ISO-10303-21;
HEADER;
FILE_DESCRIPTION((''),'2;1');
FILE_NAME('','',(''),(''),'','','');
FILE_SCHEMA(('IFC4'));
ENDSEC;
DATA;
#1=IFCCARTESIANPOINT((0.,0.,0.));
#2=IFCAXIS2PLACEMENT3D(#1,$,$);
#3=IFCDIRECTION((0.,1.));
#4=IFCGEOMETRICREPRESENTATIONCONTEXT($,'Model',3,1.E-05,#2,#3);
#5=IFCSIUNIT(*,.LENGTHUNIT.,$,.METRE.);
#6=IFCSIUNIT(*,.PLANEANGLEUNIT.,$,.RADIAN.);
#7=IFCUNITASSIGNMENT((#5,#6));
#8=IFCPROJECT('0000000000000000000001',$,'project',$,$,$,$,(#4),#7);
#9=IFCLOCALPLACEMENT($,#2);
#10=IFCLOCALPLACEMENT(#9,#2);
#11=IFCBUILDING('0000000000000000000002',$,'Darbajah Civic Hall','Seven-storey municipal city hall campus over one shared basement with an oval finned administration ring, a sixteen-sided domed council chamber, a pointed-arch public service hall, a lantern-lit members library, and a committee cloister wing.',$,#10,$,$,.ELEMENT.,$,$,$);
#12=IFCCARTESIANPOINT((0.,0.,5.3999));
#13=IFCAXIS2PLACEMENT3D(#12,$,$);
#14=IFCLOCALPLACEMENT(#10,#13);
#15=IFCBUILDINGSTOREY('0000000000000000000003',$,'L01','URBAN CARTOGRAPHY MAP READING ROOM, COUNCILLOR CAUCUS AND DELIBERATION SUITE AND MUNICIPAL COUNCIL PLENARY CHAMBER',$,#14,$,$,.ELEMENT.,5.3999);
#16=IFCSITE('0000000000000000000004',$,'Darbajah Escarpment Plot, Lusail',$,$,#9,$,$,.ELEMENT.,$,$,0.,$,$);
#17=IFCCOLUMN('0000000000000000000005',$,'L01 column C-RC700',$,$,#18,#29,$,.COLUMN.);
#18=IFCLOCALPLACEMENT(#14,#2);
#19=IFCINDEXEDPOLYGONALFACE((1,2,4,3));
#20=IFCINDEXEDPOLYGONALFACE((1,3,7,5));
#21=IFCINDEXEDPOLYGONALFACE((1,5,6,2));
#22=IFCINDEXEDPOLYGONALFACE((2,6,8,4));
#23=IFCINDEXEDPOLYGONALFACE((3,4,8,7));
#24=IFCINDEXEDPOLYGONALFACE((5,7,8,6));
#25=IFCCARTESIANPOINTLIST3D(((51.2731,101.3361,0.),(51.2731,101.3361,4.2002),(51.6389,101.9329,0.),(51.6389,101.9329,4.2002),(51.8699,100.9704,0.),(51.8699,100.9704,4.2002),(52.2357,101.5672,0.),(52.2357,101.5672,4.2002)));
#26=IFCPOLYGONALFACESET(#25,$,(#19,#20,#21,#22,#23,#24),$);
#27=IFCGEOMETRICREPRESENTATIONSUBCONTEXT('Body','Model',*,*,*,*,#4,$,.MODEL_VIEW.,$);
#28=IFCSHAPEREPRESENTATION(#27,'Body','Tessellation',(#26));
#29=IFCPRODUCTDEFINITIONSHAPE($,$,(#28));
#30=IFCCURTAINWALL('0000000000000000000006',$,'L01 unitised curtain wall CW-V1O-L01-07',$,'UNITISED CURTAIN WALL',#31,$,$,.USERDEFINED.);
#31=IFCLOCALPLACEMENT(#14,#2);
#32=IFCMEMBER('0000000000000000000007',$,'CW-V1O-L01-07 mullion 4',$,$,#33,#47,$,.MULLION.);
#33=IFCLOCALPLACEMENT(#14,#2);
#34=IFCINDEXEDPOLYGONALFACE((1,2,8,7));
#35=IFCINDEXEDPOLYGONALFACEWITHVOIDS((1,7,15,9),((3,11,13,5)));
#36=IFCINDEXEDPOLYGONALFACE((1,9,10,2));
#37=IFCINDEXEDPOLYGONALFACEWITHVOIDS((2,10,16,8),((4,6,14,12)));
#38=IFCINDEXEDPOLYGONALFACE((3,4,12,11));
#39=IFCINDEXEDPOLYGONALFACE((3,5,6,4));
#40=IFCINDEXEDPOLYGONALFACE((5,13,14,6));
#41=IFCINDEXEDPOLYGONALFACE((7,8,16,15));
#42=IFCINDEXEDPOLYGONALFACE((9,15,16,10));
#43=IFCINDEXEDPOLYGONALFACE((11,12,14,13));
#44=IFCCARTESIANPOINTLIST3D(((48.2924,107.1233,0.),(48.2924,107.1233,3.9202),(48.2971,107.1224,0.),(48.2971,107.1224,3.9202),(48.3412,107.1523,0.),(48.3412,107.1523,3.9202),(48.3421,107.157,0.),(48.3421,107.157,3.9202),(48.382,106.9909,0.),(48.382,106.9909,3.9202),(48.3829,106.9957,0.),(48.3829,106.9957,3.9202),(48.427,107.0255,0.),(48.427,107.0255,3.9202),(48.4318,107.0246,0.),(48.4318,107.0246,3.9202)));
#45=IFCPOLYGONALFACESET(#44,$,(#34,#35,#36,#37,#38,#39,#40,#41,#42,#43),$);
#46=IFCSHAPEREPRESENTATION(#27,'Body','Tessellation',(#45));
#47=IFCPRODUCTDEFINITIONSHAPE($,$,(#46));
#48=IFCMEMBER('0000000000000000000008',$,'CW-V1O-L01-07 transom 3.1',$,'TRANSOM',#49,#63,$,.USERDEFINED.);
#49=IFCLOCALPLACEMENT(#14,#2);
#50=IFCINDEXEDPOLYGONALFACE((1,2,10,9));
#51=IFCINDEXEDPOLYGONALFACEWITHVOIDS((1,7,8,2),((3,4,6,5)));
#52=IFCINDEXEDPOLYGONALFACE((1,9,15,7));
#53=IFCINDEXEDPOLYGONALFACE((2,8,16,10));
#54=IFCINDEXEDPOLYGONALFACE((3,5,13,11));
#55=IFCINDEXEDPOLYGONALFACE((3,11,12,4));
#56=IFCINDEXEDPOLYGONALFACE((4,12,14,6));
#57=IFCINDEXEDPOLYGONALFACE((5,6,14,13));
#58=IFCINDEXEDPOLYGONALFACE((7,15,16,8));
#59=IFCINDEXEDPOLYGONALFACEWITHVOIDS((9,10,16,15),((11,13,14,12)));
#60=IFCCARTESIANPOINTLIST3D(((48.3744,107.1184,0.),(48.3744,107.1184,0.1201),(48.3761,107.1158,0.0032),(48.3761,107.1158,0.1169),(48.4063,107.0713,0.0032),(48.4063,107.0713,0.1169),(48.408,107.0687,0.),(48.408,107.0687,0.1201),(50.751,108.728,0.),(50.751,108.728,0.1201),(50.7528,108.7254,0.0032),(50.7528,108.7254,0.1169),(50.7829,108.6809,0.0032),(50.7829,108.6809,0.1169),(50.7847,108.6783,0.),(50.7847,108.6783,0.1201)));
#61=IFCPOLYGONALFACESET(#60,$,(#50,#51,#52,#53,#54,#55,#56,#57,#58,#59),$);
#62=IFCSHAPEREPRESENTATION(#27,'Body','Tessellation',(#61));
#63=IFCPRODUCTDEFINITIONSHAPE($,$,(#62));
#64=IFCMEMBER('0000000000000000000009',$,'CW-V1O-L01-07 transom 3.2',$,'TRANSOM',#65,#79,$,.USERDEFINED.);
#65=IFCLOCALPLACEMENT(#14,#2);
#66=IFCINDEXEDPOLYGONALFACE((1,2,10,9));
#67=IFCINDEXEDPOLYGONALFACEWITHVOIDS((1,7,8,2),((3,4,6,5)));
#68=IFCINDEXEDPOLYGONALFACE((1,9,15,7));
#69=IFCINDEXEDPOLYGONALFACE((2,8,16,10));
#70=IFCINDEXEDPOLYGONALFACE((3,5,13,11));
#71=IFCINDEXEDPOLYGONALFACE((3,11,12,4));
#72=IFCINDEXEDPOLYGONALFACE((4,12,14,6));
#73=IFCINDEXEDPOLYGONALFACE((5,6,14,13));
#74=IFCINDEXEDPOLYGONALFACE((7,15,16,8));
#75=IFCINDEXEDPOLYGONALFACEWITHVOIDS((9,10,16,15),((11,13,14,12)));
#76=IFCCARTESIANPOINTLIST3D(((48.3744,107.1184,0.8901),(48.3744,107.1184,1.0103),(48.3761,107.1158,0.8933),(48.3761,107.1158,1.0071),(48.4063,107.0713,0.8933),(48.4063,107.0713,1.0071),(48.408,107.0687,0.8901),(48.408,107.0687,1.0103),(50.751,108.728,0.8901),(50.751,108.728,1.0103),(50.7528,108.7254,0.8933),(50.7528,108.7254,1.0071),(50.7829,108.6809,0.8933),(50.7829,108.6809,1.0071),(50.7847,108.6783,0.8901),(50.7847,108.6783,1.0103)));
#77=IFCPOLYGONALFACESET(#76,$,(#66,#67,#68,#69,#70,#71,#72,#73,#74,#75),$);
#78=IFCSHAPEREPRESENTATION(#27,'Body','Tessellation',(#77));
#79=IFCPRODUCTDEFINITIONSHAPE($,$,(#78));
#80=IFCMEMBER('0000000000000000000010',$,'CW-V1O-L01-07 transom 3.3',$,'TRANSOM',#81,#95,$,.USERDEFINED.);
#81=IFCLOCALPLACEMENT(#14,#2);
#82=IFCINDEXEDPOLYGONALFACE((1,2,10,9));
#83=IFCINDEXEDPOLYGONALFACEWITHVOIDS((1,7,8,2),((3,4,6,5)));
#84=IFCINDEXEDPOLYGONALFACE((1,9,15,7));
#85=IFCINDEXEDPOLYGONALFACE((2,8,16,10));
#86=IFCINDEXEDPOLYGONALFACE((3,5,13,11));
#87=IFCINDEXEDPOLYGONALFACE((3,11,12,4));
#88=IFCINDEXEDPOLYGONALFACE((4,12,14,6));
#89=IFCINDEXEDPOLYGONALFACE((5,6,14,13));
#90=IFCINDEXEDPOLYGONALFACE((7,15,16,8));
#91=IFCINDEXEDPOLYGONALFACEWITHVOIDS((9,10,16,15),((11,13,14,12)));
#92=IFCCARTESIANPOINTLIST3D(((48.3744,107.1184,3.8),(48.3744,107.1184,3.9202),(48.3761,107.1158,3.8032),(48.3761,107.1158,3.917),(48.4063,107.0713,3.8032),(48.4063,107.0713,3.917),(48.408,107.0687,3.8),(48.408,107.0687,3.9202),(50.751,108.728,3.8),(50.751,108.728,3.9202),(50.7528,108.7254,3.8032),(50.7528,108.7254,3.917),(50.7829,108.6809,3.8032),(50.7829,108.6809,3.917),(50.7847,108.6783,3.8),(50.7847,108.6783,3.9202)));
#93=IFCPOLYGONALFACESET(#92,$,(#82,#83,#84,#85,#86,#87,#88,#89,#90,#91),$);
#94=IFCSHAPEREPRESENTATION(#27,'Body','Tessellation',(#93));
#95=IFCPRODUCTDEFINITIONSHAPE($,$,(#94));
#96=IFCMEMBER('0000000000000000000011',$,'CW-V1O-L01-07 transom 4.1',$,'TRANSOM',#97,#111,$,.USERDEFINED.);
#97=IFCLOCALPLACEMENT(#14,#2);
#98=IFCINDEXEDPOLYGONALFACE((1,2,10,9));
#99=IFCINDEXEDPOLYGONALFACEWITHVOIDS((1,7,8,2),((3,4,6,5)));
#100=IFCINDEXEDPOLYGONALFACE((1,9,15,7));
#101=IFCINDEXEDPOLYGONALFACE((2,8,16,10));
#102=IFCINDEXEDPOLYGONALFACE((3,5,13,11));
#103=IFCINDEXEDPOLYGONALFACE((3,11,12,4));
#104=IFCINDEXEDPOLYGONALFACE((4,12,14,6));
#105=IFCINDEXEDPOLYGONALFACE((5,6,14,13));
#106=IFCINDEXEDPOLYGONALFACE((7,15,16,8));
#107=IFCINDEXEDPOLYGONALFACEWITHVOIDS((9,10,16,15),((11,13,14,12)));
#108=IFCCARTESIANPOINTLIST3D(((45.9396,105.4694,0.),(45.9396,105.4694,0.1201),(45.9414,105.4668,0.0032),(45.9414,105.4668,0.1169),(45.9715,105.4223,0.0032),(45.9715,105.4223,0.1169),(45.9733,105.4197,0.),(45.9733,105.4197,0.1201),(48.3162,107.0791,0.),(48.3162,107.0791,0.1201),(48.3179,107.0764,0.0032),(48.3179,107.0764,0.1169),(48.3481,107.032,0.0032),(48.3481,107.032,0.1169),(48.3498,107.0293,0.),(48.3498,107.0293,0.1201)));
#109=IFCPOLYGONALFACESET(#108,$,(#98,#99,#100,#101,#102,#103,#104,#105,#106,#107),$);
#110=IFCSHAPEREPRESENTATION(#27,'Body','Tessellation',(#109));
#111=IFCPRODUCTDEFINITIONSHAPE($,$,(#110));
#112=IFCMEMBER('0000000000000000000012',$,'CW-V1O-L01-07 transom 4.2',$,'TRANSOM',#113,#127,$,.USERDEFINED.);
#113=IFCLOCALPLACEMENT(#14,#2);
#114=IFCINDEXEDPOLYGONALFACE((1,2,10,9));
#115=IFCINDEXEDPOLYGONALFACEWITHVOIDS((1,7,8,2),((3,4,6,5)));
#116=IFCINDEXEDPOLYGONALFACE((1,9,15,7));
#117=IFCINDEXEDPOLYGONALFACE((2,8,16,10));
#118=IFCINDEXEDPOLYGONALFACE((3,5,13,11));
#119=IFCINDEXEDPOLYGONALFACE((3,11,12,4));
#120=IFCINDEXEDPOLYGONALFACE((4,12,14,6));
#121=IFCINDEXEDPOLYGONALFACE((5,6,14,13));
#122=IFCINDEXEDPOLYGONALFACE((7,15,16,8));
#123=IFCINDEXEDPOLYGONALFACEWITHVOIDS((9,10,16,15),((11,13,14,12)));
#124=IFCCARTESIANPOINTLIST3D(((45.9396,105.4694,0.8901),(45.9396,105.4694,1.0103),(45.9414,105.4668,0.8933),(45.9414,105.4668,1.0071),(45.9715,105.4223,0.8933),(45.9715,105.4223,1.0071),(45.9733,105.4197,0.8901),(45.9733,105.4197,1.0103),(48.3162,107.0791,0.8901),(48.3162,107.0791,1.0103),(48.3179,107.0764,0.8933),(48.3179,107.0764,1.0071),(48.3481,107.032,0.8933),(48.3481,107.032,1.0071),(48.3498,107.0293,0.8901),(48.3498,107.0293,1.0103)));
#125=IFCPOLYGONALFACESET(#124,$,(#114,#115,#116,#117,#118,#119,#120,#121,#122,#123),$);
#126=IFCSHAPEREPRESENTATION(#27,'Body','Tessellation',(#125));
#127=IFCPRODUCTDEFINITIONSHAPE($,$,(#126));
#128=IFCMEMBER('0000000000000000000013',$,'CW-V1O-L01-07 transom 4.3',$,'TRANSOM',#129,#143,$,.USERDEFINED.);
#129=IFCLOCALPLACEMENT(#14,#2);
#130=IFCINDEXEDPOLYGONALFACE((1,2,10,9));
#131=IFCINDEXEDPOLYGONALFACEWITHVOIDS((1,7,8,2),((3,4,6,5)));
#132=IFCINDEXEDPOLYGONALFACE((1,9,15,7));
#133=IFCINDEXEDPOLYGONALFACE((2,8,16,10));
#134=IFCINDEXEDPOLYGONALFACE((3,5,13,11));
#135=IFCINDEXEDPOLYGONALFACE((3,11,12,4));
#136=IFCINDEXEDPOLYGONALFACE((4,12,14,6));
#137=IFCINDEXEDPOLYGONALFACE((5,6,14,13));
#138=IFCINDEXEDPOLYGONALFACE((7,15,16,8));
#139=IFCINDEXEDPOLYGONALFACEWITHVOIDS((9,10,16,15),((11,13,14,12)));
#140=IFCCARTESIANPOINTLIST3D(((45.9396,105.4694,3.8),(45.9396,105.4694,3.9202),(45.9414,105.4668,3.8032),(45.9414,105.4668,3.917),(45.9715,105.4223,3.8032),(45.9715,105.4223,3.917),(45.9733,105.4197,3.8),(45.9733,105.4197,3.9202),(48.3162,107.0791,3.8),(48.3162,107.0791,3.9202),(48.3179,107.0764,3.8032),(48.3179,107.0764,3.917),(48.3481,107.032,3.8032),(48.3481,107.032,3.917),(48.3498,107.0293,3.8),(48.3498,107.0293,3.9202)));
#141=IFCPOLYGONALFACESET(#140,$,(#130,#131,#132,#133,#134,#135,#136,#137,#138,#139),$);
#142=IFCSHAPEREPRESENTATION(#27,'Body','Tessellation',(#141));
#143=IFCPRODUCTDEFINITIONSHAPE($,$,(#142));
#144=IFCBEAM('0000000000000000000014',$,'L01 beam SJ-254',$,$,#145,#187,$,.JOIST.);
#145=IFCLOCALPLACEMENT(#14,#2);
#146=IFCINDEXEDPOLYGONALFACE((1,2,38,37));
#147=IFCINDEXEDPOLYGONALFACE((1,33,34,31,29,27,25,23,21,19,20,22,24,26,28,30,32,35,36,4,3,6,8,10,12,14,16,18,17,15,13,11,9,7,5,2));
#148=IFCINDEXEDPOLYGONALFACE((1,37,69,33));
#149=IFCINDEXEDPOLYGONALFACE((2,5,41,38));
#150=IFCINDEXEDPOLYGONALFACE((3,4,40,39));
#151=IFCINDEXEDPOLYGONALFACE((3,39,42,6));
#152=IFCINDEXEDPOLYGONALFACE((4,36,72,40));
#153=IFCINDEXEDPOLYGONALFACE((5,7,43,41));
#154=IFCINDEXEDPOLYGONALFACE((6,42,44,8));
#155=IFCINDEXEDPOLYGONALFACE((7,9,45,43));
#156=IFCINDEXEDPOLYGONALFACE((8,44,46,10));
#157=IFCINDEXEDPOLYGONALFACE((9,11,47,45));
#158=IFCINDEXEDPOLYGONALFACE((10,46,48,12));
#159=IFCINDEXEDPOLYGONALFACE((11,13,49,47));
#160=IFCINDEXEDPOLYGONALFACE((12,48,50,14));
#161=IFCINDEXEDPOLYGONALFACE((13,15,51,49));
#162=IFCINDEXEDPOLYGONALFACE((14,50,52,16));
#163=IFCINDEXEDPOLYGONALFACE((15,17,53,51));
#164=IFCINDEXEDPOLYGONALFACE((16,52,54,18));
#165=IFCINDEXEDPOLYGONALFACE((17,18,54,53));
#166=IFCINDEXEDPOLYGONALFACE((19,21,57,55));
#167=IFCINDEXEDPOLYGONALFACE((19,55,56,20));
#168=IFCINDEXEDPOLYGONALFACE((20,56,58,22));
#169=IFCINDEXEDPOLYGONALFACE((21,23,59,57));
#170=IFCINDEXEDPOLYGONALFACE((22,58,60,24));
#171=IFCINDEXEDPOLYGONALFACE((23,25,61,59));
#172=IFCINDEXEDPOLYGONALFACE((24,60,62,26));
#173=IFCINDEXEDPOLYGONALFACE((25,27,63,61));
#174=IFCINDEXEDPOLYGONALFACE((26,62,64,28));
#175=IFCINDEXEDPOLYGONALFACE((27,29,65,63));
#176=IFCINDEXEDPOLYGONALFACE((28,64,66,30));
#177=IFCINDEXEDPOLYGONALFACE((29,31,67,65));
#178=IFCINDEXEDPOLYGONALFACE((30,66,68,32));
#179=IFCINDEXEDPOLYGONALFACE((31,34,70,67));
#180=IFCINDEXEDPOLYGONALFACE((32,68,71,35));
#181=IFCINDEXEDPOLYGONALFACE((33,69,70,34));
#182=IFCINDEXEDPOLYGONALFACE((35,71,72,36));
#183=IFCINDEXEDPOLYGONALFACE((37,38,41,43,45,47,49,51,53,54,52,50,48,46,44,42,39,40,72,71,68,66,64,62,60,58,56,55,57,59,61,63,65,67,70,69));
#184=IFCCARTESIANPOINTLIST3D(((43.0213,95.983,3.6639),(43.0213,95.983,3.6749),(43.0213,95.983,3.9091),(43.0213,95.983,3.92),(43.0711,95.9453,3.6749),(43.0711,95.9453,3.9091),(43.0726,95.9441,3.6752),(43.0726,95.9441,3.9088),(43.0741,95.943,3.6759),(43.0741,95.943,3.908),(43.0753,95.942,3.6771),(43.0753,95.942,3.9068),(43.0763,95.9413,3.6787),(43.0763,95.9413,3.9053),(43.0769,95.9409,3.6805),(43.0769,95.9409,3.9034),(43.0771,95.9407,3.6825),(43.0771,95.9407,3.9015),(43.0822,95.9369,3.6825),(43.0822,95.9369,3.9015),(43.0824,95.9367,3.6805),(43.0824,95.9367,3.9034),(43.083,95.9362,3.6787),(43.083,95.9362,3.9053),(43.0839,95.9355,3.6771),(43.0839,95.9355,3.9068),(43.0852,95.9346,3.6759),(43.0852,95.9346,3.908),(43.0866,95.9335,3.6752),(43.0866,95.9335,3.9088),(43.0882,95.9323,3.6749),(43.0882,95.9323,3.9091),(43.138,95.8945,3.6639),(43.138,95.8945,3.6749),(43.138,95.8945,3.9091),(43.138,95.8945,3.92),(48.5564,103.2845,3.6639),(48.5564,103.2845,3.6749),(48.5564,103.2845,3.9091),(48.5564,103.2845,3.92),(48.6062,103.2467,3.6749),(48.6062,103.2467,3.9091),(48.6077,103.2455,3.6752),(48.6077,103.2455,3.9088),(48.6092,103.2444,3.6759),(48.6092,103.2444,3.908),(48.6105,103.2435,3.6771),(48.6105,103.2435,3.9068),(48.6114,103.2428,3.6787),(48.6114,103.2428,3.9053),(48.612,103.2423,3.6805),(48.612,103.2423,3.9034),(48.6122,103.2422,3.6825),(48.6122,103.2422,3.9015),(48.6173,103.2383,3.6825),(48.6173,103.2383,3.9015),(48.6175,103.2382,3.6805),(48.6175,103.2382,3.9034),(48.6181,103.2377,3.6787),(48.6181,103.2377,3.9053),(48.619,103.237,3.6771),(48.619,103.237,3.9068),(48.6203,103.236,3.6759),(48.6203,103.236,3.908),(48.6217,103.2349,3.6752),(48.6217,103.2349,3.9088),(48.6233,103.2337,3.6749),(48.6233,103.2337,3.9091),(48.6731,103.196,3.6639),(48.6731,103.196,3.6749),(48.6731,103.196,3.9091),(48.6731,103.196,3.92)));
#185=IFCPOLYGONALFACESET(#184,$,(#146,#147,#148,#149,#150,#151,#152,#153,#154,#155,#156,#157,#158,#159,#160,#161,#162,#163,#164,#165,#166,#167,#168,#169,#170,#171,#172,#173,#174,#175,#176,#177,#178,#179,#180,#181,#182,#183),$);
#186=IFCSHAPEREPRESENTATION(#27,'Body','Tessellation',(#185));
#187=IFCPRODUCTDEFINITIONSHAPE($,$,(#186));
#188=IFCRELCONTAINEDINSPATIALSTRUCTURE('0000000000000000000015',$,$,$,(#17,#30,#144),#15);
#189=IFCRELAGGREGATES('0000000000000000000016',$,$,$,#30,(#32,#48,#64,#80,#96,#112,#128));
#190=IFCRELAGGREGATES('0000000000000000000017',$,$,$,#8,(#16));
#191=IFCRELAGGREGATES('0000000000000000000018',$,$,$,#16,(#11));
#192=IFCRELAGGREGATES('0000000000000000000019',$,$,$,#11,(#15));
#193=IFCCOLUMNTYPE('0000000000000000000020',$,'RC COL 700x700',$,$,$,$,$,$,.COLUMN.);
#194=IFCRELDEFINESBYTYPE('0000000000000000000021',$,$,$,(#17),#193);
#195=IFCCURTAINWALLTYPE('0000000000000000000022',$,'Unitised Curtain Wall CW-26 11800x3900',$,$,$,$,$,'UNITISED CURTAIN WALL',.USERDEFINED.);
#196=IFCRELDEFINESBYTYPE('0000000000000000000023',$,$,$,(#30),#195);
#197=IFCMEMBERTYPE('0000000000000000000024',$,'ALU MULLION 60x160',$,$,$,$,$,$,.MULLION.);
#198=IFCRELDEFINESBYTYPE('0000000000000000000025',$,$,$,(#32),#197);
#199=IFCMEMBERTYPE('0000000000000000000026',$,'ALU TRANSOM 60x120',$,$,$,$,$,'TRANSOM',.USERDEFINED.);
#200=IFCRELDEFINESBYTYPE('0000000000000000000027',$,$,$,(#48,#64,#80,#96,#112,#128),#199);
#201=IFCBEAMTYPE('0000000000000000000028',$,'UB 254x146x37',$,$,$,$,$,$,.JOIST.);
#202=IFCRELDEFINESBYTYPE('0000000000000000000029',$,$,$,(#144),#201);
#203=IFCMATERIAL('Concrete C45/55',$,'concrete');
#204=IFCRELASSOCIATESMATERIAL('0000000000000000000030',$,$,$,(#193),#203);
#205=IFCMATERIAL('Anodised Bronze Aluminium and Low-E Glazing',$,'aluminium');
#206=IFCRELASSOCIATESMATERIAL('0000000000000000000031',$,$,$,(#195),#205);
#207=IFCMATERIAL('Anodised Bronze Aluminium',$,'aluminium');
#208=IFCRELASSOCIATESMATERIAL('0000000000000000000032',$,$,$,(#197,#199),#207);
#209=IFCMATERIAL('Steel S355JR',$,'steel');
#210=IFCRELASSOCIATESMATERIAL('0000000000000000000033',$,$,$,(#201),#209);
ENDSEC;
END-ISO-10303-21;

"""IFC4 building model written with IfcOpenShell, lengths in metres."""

from ifc_helpers import new_model, si_unit, direction, frame, origin, origin_2d, place, context, subcontext, project, spatial, rectangle, hollow_rectangle, i_section, extrude, material, material_profile, profile_set, type_object, element, aggregate, save


model = new_model("IFC4")

# Units and contexts
model_context = context("Model", 3, precision=1e-05, world=origin(), true_north=direction((0.0, 1.0)))
body_context = subcontext(model_context, "Body", "Model", "MODEL_VIEW")
ifc_project = project(units=[si_unit("LENGTHUNIT", "METRE"), si_unit("PLANEANGLEUNIT", "RADIAN")], contexts=[model_context])

# Site, building, storey
site_placement = place(None, origin())
site = spatial("IfcSite", under=ifc_project, at=site_placement, Name="Darbajah Escarpment Plot, Lusail", CompositionType="ELEMENT", RefElevation=0.0)
building_placement = place(site_placement, origin())
building = spatial("IfcBuilding", under=site, at=building_placement, Name="Darbajah Civic Hall", Description="Seven-storey municipal city hall campus over one shared basement with an oval finned administration ring, a sixteen-sided domed council chamber, a pointed-arch public service hall, a lantern-lit members library, and a committee cloister wing.", CompositionType="ELEMENT")
storey_placement = place(building_placement, frame((0.0, 0.0, 5.3999)))
storey = spatial("IfcBuildingStorey", under=building, at=storey_placement, Name="L01", Description="URBAN CARTOGRAPHY MAP READING ROOM, COUNCILLOR CAUCUS AND DELIBERATION SUITE AND MUNICIPAL COUNCIL PLENARY CHAMBER", CompositionType="ELEMENT", Elevation=5.3999)

# Column
ifc_material_1 = material(Name="Concrete C45/55", Category="concrete")
ifc_material_profile_1 = material_profile(ifc_material_1, rectangle(XDim=0.7, YDim=0.7, at=origin_2d()), Name="RC COL 700x700")
ifc_profile_set_1 = profile_set([ifc_material_profile_1], Name="Concrete C45/55")
column_type = type_object("IfcColumnType", Name="RC COL 700x700", PredefinedType="COLUMN", material=ifc_profile_set_1)
column_placement = place(storey_placement, frame((51.7544, 101.4517, 0.0), z_axis=(0.0, 0.0, 1.0), x_axis=(-0.85264, 0.522499, 0.0)))
element("IfcColumn", 1, at=column_placement, inside=storey, type_object=column_type, Name="L01 column C-RC700", PredefinedType="COLUMN", context=body_context, shape_type="SweptSolid", body=[
    extrude(rectangle(XDim=0.7, YDim=0.7, at=origin_2d()), origin(), (0.0, 0.0, 1.0), 4.2002),
])

# Curtain wall, members
ifc_material_2 = material(Name="Anodised Bronze Aluminium and Low-E Glazing", Category="aluminium")
curtain_wall_type = type_object("IfcCurtainWallType", Name="Unitised Curtain Wall CW-26 11800x3900", ElementType="UNITISED CURTAIN WALL", PredefinedType="USERDEFINED", material=ifc_material_2)
curtain_wall_placement = place(storey_placement, origin())
curtain_wall = element("IfcCurtainWall", 2, at=curtain_wall_placement, inside=storey, type_object=curtain_wall_type, Name="L01 unitised curtain wall CW-V1O-L01-07", ObjectType="UNITISED CURTAIN WALL", PredefinedType="USERDEFINED")
ifc_material_3 = material(Name="Anodised Bronze Aluminium", Category="aluminium")
ifc_material_profile_2 = material_profile(ifc_material_3, hollow_rectangle(XDim=0.0601, YDim=0.1599, WallThickness=0.0034, at=origin_2d()), Name="ALU MULLION 60x160")
ifc_profile_set_2 = profile_set([ifc_material_profile_2], Name="Anodised Bronze Aluminium")
member_type_1 = type_object("IfcMemberType", Name="ALU MULLION 60x160", PredefinedType="MULLION", material=ifc_profile_set_2)
member_1_placement = place(storey_placement, frame((48.3621, 107.074, 0.0), z_axis=(0.0, 0.0, 1.0), x_axis=(-0.827962, -0.560784, 0.0)))
member_1 = element("IfcMember", 3, at=member_1_placement, type_object=member_type_1, Name="CW-V1O-L01-07 mullion 4", PredefinedType="MULLION", context=body_context, shape_type="SweptSolid", body=[
    extrude(hollow_rectangle(XDim=0.0601, YDim=0.1599, WallThickness=0.0034, at=origin_2d()), origin(), (0.0, 0.0, 1.0), 3.9202),
])
ifc_material_profile_3 = material_profile(ifc_material_3, hollow_rectangle(XDim=0.0601, YDim=0.1201, WallThickness=0.0032, at=origin_2d()), Name="ALU TRANSOM 60x120")
ifc_profile_set_3 = profile_set([ifc_material_profile_3], Name="Anodised Bronze Aluminium")
member_type_2 = type_object("IfcMemberType", Name="ALU TRANSOM 60x120", ElementType="TRANSOM", PredefinedType="USERDEFINED", material=ifc_profile_set_3)
member_2_placement = place(storey_placement, frame((50.7678, 108.7031, 0.0601), z_axis=(-0.827985, -0.56075, 0.0), x_axis=(0.56075, -0.827985, 0.0)))
member_2 = element("IfcMember", 4, at=member_2_placement, type_object=member_type_2, Name="CW-V1O-L01-07 transom 3.1", ObjectType="TRANSOM", PredefinedType="USERDEFINED", context=body_context, shape_type="SweptSolid", body=[
    extrude(hollow_rectangle(XDim=0.0601, YDim=0.1201, WallThickness=0.0032, at=origin_2d()), origin(), (0.0, 0.0, 1.0), 2.8704),
])
member_3_placement = place(storey_placement, frame((50.7678, 108.7031, 0.9502), z_axis=(-0.827985, -0.56075, 0.0), x_axis=(0.56075, -0.827985, 0.0)))
member_3 = element("IfcMember", 5, at=member_3_placement, type_object=member_type_2, Name="CW-V1O-L01-07 transom 3.2", ObjectType="TRANSOM", PredefinedType="USERDEFINED", context=body_context, shape_type="SweptSolid", body=[
    extrude(hollow_rectangle(XDim=0.0601, YDim=0.1201, WallThickness=0.0032, at=origin_2d()), origin(), (0.0, 0.0, 1.0), 2.8704),
])
member_4_placement = place(storey_placement, frame((50.7678, 108.7031, 3.8601), z_axis=(-0.827985, -0.56075, 0.0), x_axis=(0.56075, -0.827985, 0.0)))
member_4 = element("IfcMember", 6, at=member_4_placement, type_object=member_type_2, Name="CW-V1O-L01-07 transom 3.3", ObjectType="TRANSOM", PredefinedType="USERDEFINED", context=body_context, shape_type="SweptSolid", body=[
    extrude(hollow_rectangle(XDim=0.0601, YDim=0.1201, WallThickness=0.0032, at=origin_2d()), origin(), (0.0, 0.0, 1.0), 2.8704),
])
member_5_placement = place(storey_placement, frame((48.333, 107.0542, 0.0601), z_axis=(-0.827958, -0.56079, 0.0), x_axis=(0.56079, -0.827958, 0.0)))
member_5 = element("IfcMember", 7, at=member_5_placement, type_object=member_type_2, Name="CW-V1O-L01-07 transom 4.1", ObjectType="TRANSOM", PredefinedType="USERDEFINED", context=body_context, shape_type="SweptSolid", body=[
    extrude(hollow_rectangle(XDim=0.0601, YDim=0.1201, WallThickness=0.0032, at=origin_2d()), origin(), (0.0, 0.0, 1.0), 2.8704),
])
member_6_placement = place(storey_placement, frame((48.333, 107.0542, 0.9502), z_axis=(-0.827958, -0.56079, 0.0), x_axis=(0.56079, -0.827958, 0.0)))
member_6 = element("IfcMember", 8, at=member_6_placement, type_object=member_type_2, Name="CW-V1O-L01-07 transom 4.2", ObjectType="TRANSOM", PredefinedType="USERDEFINED", context=body_context, shape_type="SweptSolid", body=[
    extrude(hollow_rectangle(XDim=0.0601, YDim=0.1201, WallThickness=0.0032, at=origin_2d()), origin(), (0.0, 0.0, 1.0), 2.8704),
])
member_7_placement = place(storey_placement, frame((48.333, 107.0542, 3.8601), z_axis=(-0.827958, -0.56079, 0.0), x_axis=(0.56079, -0.827958, 0.0)))
member_7 = element("IfcMember", 9, at=member_7_placement, type_object=member_type_2, Name="CW-V1O-L01-07 transom 4.3", ObjectType="TRANSOM", PredefinedType="USERDEFINED", context=body_context, shape_type="SweptSolid", body=[
    extrude(hollow_rectangle(XDim=0.0601, YDim=0.1201, WallThickness=0.0032, at=origin_2d()), origin(), (0.0, 0.0, 1.0), 2.8704),
])

# Beam
ifc_material_4 = material(Name="Steel S355JR", Category="steel")
ifc_material_profile_4 = material_profile(ifc_material_4, i_section(OverallWidth=0.1465, OverallDepth=0.2561, WebThickness=0.0063, FlangeThickness=0.011, FilletRadius=0.0076, at=origin_2d()), Name="UB 254x146x37")
ifc_profile_set_4 = profile_set([ifc_material_profile_4], Name="Steel S355JR")
beam_type_1 = type_object("IfcBeamType", Name="UB 254x146x37", PredefinedType="JOIST", material=ifc_profile_set_4)
beam_1_placement = place(storey_placement, frame((48.6147, 103.2402, 3.792), z_axis=(-0.604115, -0.796897, 0.0), x_axis=(0.796897, -0.604115, 0.0)))
element("IfcBeam", 10, at=beam_1_placement, inside=storey, type_object=beam_type_1, Name="L01 beam SJ-254", PredefinedType="JOIST", context=body_context, shape_type="SweptSolid", body=[
    extrude(i_section(OverallWidth=0.1465, OverallDepth=0.2561, WebThickness=0.0063, FlangeThickness=0.011, FilletRadius=0.0076, at=origin_2d()), origin(), (0.0, 0.0, 1.0), 9.1624),
])

aggregate(curtain_wall, [member_1, member_2, member_3, member_4, member_5, member_6, member_7])

save(model, "model.ifc")
